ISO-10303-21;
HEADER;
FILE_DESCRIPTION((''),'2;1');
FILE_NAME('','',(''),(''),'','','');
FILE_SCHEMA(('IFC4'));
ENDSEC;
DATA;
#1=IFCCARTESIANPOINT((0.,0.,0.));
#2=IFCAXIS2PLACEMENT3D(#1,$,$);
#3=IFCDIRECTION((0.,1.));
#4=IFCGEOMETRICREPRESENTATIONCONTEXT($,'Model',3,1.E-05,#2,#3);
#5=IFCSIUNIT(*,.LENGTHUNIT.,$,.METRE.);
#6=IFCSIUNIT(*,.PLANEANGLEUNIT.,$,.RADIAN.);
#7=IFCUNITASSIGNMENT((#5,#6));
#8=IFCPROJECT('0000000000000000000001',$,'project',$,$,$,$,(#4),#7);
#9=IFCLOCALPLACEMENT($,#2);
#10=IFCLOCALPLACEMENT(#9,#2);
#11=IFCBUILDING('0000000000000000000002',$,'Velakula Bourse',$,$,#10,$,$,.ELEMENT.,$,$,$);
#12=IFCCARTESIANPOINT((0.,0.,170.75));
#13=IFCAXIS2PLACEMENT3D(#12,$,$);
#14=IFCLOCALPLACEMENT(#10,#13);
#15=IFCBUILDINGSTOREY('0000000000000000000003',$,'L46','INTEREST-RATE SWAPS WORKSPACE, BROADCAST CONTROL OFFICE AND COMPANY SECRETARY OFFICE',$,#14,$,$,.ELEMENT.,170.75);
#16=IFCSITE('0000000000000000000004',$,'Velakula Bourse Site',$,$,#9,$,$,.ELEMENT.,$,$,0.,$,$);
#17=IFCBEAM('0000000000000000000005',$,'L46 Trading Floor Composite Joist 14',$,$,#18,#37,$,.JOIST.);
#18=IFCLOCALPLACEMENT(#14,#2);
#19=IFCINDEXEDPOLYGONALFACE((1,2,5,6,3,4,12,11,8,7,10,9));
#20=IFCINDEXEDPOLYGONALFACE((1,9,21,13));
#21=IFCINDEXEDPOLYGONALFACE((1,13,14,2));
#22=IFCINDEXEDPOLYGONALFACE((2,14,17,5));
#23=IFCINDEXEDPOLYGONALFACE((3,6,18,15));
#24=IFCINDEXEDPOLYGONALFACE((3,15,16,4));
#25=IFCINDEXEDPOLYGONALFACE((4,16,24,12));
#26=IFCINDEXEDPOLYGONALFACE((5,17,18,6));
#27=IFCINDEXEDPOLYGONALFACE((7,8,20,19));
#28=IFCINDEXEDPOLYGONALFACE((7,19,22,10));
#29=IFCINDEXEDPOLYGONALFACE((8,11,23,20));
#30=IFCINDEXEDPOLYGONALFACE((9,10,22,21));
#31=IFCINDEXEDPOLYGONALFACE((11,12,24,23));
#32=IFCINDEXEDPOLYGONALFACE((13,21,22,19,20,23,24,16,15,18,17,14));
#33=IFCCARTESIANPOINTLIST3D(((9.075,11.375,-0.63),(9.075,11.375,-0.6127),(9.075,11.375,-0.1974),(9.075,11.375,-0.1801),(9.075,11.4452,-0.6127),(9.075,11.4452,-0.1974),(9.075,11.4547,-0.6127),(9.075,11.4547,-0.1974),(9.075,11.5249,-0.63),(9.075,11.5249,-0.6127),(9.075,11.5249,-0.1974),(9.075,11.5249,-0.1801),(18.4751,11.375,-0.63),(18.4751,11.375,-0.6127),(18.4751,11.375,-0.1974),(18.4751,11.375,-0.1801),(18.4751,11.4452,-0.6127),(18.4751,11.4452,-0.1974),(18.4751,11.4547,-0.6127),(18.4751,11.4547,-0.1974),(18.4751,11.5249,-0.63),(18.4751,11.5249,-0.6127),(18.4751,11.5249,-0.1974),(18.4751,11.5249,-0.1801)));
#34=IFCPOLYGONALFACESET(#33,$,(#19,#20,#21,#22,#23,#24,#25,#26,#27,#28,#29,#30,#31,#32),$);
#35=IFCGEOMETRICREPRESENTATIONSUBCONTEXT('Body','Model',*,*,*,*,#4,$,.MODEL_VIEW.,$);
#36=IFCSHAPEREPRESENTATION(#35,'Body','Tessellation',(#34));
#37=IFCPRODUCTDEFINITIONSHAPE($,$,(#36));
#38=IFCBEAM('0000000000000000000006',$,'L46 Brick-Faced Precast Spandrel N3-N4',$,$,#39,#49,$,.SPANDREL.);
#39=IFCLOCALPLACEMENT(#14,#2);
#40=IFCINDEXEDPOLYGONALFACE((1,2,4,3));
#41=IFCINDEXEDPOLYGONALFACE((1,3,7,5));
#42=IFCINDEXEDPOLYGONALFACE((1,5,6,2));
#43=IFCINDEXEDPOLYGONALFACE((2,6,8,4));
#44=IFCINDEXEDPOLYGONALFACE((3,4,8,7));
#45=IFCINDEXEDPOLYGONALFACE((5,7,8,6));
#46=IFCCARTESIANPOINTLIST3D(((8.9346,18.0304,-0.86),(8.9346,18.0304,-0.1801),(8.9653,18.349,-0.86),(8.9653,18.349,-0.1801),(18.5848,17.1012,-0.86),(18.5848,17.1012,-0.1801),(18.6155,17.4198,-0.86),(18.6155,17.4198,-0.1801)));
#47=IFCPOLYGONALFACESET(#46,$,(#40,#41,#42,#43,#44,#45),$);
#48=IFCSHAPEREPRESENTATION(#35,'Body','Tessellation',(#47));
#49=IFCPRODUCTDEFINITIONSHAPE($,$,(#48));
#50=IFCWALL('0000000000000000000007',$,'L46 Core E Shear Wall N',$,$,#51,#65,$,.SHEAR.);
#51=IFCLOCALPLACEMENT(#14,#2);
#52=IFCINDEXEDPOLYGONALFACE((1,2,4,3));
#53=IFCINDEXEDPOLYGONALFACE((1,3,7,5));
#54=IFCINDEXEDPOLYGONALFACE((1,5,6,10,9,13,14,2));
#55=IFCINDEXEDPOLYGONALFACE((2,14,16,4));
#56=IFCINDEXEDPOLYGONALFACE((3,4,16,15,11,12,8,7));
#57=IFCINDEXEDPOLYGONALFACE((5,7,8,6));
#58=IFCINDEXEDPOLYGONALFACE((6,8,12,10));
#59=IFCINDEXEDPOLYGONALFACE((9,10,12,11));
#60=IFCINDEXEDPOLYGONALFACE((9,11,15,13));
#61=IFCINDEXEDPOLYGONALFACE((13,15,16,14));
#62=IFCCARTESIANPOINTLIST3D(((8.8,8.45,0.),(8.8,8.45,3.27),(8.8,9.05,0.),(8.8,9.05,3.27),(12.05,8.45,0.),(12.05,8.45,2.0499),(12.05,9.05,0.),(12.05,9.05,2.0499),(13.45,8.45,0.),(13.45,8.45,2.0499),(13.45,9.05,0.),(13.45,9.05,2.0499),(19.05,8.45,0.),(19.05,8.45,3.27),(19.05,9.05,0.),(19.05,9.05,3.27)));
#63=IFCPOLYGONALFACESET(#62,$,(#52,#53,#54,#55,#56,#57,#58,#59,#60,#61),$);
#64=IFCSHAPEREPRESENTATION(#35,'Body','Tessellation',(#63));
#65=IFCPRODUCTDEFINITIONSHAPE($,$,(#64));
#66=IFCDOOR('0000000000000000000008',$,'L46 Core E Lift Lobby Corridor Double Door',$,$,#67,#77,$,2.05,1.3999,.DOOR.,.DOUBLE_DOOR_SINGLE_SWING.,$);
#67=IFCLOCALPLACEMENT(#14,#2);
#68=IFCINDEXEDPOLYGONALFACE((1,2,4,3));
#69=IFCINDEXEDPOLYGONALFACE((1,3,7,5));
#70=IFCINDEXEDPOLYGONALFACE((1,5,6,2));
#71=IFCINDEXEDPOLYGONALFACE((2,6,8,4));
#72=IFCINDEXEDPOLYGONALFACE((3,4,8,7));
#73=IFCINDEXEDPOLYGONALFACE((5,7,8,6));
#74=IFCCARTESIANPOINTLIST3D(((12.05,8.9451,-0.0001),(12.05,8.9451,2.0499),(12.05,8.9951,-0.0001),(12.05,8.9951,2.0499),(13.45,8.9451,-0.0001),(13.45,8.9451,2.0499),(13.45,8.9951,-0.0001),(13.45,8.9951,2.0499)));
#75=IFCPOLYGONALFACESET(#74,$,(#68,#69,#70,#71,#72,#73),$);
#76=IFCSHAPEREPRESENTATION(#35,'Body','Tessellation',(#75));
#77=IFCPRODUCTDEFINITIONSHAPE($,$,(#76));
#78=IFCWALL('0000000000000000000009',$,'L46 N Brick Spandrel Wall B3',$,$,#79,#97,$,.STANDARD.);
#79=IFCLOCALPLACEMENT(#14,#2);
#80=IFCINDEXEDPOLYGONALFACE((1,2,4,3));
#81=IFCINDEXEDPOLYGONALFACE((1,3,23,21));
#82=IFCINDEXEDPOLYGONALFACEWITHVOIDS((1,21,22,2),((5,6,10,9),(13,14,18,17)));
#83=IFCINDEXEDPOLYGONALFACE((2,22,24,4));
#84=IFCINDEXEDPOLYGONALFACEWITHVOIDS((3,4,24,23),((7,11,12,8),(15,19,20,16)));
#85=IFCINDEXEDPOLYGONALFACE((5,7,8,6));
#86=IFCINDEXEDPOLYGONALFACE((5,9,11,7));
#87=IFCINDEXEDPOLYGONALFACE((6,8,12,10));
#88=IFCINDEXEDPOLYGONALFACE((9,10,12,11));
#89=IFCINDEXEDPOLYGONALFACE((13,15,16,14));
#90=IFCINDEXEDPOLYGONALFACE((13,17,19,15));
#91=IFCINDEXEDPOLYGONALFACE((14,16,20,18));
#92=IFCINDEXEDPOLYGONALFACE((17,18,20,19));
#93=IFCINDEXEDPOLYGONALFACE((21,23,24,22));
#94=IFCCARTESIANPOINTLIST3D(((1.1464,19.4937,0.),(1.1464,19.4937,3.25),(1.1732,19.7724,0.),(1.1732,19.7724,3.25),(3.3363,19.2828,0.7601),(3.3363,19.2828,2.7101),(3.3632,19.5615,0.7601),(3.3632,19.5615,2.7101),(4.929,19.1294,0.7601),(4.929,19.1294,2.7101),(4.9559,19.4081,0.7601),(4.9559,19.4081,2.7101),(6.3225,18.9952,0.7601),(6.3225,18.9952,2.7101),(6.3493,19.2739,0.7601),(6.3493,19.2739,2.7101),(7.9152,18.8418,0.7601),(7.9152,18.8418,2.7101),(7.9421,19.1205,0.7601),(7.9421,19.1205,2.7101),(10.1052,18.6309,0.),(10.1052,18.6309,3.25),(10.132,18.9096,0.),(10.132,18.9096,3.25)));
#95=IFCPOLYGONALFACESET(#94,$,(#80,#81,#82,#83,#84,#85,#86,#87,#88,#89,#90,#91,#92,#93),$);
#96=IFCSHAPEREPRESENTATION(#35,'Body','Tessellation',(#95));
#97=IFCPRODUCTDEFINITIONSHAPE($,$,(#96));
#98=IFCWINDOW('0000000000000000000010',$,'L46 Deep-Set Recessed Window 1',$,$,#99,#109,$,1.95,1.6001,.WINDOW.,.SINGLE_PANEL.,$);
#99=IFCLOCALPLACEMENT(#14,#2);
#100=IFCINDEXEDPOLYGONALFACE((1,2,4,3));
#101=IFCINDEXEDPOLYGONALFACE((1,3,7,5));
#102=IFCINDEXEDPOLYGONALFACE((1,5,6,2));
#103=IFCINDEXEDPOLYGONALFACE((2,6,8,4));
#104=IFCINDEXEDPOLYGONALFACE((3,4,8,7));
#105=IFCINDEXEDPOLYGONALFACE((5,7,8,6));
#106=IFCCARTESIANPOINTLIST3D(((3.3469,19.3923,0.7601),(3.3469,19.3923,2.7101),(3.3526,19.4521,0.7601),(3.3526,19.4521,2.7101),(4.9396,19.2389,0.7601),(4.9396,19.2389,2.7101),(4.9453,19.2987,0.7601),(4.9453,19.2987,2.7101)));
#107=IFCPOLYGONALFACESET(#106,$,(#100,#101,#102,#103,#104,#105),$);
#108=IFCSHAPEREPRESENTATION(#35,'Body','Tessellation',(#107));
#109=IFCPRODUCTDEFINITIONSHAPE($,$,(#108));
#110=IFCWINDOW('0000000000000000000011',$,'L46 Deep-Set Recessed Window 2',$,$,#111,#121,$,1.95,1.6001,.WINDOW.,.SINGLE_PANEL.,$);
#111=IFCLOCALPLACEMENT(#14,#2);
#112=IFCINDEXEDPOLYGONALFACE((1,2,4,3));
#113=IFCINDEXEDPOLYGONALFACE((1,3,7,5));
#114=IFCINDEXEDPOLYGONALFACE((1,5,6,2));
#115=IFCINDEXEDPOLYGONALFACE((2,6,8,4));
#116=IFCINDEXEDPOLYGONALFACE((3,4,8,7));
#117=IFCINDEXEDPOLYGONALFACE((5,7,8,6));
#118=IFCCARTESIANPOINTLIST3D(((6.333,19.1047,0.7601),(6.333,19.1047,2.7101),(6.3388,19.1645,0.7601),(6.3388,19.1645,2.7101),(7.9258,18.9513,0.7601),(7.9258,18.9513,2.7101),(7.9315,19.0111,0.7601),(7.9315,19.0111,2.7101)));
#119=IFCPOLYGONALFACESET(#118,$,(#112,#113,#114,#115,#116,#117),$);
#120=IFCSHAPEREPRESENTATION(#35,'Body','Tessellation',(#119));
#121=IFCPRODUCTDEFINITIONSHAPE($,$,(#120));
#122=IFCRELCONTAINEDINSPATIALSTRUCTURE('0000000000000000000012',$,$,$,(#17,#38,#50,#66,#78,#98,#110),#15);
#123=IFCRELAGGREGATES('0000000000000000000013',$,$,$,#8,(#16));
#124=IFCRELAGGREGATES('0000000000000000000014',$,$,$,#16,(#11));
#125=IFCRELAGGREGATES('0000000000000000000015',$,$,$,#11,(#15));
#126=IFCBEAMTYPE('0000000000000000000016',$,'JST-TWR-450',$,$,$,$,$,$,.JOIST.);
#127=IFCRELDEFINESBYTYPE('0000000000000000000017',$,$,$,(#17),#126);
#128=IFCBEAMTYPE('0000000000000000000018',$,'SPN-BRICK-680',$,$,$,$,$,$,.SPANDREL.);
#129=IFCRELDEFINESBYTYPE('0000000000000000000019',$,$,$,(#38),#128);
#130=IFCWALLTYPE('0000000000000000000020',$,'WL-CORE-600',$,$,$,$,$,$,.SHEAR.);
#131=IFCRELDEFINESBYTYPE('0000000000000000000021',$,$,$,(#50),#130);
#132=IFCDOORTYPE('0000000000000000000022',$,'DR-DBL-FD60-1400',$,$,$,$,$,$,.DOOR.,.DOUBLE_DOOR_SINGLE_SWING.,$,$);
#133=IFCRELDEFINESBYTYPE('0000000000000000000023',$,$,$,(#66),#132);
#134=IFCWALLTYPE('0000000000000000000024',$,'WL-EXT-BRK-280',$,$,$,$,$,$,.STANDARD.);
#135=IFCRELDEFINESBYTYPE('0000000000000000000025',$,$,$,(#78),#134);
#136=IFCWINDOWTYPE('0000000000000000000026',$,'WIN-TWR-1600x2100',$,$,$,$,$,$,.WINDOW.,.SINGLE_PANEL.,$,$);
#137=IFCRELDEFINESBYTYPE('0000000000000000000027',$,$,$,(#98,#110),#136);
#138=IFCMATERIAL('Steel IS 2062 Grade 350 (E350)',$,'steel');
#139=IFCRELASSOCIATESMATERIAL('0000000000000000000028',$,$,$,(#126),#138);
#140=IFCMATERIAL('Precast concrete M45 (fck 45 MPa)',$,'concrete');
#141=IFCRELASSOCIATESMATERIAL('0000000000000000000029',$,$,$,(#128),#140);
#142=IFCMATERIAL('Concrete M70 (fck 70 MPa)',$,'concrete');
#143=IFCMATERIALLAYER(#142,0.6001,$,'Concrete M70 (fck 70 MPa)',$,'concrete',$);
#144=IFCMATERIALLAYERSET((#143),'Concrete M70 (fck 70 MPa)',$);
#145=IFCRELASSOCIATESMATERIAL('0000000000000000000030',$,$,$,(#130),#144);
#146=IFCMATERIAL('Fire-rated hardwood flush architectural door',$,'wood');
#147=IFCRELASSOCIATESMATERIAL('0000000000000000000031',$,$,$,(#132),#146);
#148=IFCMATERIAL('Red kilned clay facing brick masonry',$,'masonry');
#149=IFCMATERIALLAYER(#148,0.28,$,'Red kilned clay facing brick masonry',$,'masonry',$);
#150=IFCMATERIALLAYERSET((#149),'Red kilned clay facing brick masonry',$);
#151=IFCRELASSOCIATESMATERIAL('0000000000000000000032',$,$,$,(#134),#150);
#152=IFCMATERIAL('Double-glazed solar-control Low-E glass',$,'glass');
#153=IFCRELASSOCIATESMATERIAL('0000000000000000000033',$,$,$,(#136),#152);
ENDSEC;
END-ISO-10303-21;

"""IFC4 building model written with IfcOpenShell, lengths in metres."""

from ifc_helpers import new_model, si_unit, direction, frame, frame_2d, origin, origin_2d, place, context, subcontext, project, spatial, rectangle, i_section, extrude, material, layer, layer_set, material_profile, profile_set, type_object, element, fill, save


model = new_model("IFC4")

# Units and contexts
model_context = context("Model", 3, precision=1e-05, world=origin(), true_north=direction((0.0, 1.0)))
body_context = subcontext(model_context, "Body", "Model", "MODEL_VIEW")
ifc_project = project(units=[si_unit("LENGTHUNIT", "METRE"), si_unit("PLANEANGLEUNIT", "RADIAN")], contexts=[model_context])

# Site, building, storey
site_placement = place(None, origin())
site = spatial("IfcSite", under=ifc_project, at=site_placement, Name="Velakula Bourse Site", CompositionType="ELEMENT", RefElevation=0.0)
building_placement = place(site_placement, origin())
building = spatial("IfcBuilding", under=site, at=building_placement, Name="Velakula Bourse", CompositionType="ELEMENT")
storey_placement = place(building_placement, frame((0.0, 0.0, 170.75)))
storey = spatial("IfcBuildingStorey", under=building, at=storey_placement, Name="L46", Description="INTEREST-RATE SWAPS WORKSPACE, BROADCAST CONTROL OFFICE AND COMPANY SECRETARY OFFICE", CompositionType="ELEMENT", Elevation=170.75)

# Shared definitions
ifc_material_1 = material(Name="Concrete M70 (fck 70 MPa)", Category="concrete")
ifc_material_2 = material(Name="Steel IS 2062 Grade 350 (E350)", Category="steel")

# Beams
ifc_material_profile_1 = material_profile(ifc_material_2, i_section(OverallWidth=0.1499, OverallDepth=0.45, WebThickness=0.0095, FlangeThickness=0.0173, at=origin_2d()), Name="Steel IS 2062 Grade 350 (E350)")
ifc_profile_set_1 = profile_set([ifc_material_profile_1], Name="Steel IS 2062 Grade 350 (E350)")
beam_type_1 = type_object("IfcBeamType", Name="JST-TWR-450", PredefinedType="JOIST", material=ifc_profile_set_1)
beam_1_placement = place(storey_placement, frame((9.075, 11.45, -0.405), z_axis=(1.0, 0.0, 0.0), x_axis=(0.0, 1.0, 0.0)))
element("IfcBeam", 1, at=beam_1_placement, inside=storey, type_object=beam_type_1, Name="L46 Trading Floor Composite Joist 14", PredefinedType="JOIST", context=body_context, shape_type="SweptSolid", body=[
    extrude(i_section(OverallWidth=0.1499, OverallDepth=0.45, WebThickness=0.0095, FlangeThickness=0.0173, at=origin_2d()), origin(), (0.0, 0.0, 1.0), 9.4001),
])
ifc_material_3 = material(Name="Precast concrete M45 (fck 45 MPa)", Category="concrete")
ifc_material_profile_2 = material_profile(ifc_material_3, rectangle(XDim=0.3201, YDim=0.6799, at=origin_2d()), Name="Precast concrete M45 (fck 45 MPa)")
ifc_profile_set_2 = profile_set([ifc_material_profile_2], Name="Precast concrete M45 (fck 45 MPa)")
beam_type_2 = type_object("IfcBeamType", Name="SPN-BRICK-680", PredefinedType="SPANDREL", material=ifc_profile_set_2)
beam_2_placement = place(storey_placement, frame((8.95, 18.1897, -0.52), z_axis=(0.995396, -0.095845, 0.0), x_axis=(0.095845, 0.995396, 0.0)))
element("IfcBeam", 2, at=beam_2_placement, inside=storey, type_object=beam_type_2, Name="L46 Brick-Faced Precast Spandrel N3-N4", PredefinedType="SPANDREL", context=body_context, shape_type="SweptSolid", body=[
    extrude(rectangle(XDim=0.3201, YDim=0.6799, at=origin_2d()), origin(), (0.0, 0.0, 1.0), 9.6948),
])

# Wall, opening, door
ifc_layer_1 = layer(ifc_material_1, 0.6001, Name="Concrete M70 (fck 70 MPa)", Category="concrete")
ifc_layer_set_1 = layer_set([ifc_layer_1], Name="Concrete M70 (fck 70 MPa)")
wall_type_1 = type_object("IfcWallType", Name="WL-CORE-600", PredefinedType="SHEAR", material=ifc_layer_set_1)
wall_1_placement = place(storey_placement, frame((8.8, 8.75, 0.0), z_axis=(0.0, 0.0, 1.0), x_axis=(1.0, 0.0, 0.0)))
wall_1 = element("IfcWall", 3, at=wall_1_placement, inside=storey, type_object=wall_type_1, Name="L46 Core E Shear Wall N", PredefinedType="SHEAR", context=body_context, shape_type="SweptSolid", body=[
    extrude(rectangle(XDim=10.25, YDim=0.6001, at=frame_2d((5.125, 0.0))), origin(), (0.0, 0.0, 1.0), 3.27),
])
opening_1_placement = place(wall_1_placement, frame((3.25, 0.0, 0.0)))
opening_1 = element("IfcOpeningElement", 4, at=opening_1_placement, cuts=wall_1, PredefinedType="OPENING", context=body_context, shape_type="SweptSolid", body=[
    extrude(rectangle(XDim=1.3999, YDim=2.05, at=frame_2d((0.7, 1.0249))), frame((0.0, 0.3101, 0.0), z_axis=(0.0, -1.0, 0.0), x_axis=(1.0, 0.0, 0.0)), (0.0, 0.0, 1.0), 0.6201),
])
ifc_material_4 = material(Name="Fire-rated hardwood flush architectural door", Category="wood")
door_type = type_object("IfcDoorType", Name="DR-DBL-FD60-1400", OperationType="DOUBLE_DOOR_SINGLE_SWING", PredefinedType="DOOR", material=ifc_material_4)
door_placement = place(opening_1_placement, origin())
door = element("IfcDoor", 5, at=door_placement, inside=storey, type_object=door_type, Name="L46 Core E Lift Lobby Corridor Double Door", OperationType="DOUBLE_DOOR_SINGLE_SWING", OverallHeight=2.05, OverallWidth=1.3999, PredefinedType="DOOR", context=body_context, shape_type="SweptSolid", body=[
    extrude(rectangle(XDim=1.3999, YDim=2.05, at=frame_2d((0.7, 1.0249))), frame((0.0, 0.2451, 0.0), z_axis=(0.0, -1.0, 0.0), x_axis=(1.0, 0.0, 0.0)), (0.0, 0.0, 1.0), 0.05),
])
fill(opening_1, door)

# Wall, openings, windows
ifc_material_5 = material(Name="Red kilned clay facing brick masonry", Category="masonry")
ifc_layer_2 = layer(ifc_material_5, 0.28, Name="Red kilned clay facing brick masonry", Category="masonry")
ifc_layer_set_2 = layer_set([ifc_layer_2], Name="Red kilned clay facing brick masonry")
wall_type_2 = type_object("IfcWallType", Name="WL-EXT-BRK-280", PredefinedType="STANDARD", material=ifc_layer_set_2)
wall_2_placement = place(storey_placement, frame((1.1599, 19.6331, 0.0), z_axis=(0.0, 0.0, 1.0), x_axis=(0.995394, -0.095864, 0.0)))
wall_2 = element("IfcWall", 6, at=wall_2_placement, inside=storey, type_object=wall_type_2, Name="L46 N Brick Spandrel Wall B3", PredefinedType="STANDARD", context=body_context, shape_type="SweptSolid", body=[
    extrude(rectangle(XDim=9.0002, YDim=0.28, at=frame_2d((4.5, 0.0))), origin(), (0.0, 0.0, 1.0), 3.25),
])
opening_2_placement = place(wall_2_placement, frame((2.2, 0.0, 0.76)))
opening_2 = element("IfcOpeningElement", 7, at=opening_2_placement, cuts=wall_2, PredefinedType="OPENING", context=body_context, shape_type="SweptSolid", body=[
    extrude(rectangle(XDim=1.6001, YDim=1.95, at=frame_2d((0.8, 0.9751))), frame((0.0, 0.1499, 0.0), z_axis=(0.0, -1.0, 0.0), x_axis=(1.0, 0.0, 0.0)), (0.0, 0.0, 1.0), 0.3),
])
opening_3_placement = place(wall_2_placement, frame((5.2, 0.0, 0.76)))
opening_3 = element("IfcOpeningElement", 8, at=opening_3_placement, cuts=wall_2, PredefinedType="OPENING", context=body_context, shape_type="SweptSolid", body=[
    extrude(rectangle(XDim=1.6001, YDim=1.95, at=frame_2d((0.8, 0.9751))), frame((0.0, 0.1499, 0.0), z_axis=(0.0, -1.0, 0.0), x_axis=(1.0, 0.0, 0.0)), (0.0, 0.0, 1.0), 0.3),
])
ifc_material_6 = material(Name="Double-glazed solar-control Low-E glass", Category="glass")
window_type = type_object("IfcWindowType", Name="WIN-TWR-1600x2100", PartitioningType="SINGLE_PANEL", PredefinedType="WINDOW", material=ifc_material_6)
window_1_placement = place(opening_2_placement, origin())
window_1 = element("IfcWindow", 9, at=window_1_placement, inside=storey, type_object=window_type, Name="L46 Deep-Set Recessed Window 1", OverallHeight=1.95, OverallWidth=1.6001, PartitioningType="SINGLE_PANEL", PredefinedType="WINDOW", context=body_context, shape_type="SweptSolid", body=[
    extrude(rectangle(XDim=1.6001, YDim=1.95, at=frame_2d((0.8, 0.9751))), frame((0.0, 0.03, 0.0), z_axis=(0.0, -1.0, 0.0), x_axis=(1.0, 0.0, 0.0)), (0.0, 0.0, 1.0), 0.0601),
])
fill(opening_2, window_1)
window_2_placement = place(opening_3_placement, origin())
window_2 = element("IfcWindow", 10, at=window_2_placement, inside=storey, type_object=window_type, Name="L46 Deep-Set Recessed Window 2", OverallHeight=1.95, OverallWidth=1.6001, PartitioningType="SINGLE_PANEL", PredefinedType="WINDOW", context=body_context, shape_type="SweptSolid", body=[
    extrude(rectangle(XDim=1.6001, YDim=1.95, at=frame_2d((0.8, 0.9751))), frame((0.0, 0.03, 0.0), z_axis=(0.0, -1.0, 0.0), x_axis=(1.0, 0.0, 0.0)), (0.0, 0.0, 1.0), 0.0601),
])
fill(opening_3, window_2)

save(model, "model.ifc")
